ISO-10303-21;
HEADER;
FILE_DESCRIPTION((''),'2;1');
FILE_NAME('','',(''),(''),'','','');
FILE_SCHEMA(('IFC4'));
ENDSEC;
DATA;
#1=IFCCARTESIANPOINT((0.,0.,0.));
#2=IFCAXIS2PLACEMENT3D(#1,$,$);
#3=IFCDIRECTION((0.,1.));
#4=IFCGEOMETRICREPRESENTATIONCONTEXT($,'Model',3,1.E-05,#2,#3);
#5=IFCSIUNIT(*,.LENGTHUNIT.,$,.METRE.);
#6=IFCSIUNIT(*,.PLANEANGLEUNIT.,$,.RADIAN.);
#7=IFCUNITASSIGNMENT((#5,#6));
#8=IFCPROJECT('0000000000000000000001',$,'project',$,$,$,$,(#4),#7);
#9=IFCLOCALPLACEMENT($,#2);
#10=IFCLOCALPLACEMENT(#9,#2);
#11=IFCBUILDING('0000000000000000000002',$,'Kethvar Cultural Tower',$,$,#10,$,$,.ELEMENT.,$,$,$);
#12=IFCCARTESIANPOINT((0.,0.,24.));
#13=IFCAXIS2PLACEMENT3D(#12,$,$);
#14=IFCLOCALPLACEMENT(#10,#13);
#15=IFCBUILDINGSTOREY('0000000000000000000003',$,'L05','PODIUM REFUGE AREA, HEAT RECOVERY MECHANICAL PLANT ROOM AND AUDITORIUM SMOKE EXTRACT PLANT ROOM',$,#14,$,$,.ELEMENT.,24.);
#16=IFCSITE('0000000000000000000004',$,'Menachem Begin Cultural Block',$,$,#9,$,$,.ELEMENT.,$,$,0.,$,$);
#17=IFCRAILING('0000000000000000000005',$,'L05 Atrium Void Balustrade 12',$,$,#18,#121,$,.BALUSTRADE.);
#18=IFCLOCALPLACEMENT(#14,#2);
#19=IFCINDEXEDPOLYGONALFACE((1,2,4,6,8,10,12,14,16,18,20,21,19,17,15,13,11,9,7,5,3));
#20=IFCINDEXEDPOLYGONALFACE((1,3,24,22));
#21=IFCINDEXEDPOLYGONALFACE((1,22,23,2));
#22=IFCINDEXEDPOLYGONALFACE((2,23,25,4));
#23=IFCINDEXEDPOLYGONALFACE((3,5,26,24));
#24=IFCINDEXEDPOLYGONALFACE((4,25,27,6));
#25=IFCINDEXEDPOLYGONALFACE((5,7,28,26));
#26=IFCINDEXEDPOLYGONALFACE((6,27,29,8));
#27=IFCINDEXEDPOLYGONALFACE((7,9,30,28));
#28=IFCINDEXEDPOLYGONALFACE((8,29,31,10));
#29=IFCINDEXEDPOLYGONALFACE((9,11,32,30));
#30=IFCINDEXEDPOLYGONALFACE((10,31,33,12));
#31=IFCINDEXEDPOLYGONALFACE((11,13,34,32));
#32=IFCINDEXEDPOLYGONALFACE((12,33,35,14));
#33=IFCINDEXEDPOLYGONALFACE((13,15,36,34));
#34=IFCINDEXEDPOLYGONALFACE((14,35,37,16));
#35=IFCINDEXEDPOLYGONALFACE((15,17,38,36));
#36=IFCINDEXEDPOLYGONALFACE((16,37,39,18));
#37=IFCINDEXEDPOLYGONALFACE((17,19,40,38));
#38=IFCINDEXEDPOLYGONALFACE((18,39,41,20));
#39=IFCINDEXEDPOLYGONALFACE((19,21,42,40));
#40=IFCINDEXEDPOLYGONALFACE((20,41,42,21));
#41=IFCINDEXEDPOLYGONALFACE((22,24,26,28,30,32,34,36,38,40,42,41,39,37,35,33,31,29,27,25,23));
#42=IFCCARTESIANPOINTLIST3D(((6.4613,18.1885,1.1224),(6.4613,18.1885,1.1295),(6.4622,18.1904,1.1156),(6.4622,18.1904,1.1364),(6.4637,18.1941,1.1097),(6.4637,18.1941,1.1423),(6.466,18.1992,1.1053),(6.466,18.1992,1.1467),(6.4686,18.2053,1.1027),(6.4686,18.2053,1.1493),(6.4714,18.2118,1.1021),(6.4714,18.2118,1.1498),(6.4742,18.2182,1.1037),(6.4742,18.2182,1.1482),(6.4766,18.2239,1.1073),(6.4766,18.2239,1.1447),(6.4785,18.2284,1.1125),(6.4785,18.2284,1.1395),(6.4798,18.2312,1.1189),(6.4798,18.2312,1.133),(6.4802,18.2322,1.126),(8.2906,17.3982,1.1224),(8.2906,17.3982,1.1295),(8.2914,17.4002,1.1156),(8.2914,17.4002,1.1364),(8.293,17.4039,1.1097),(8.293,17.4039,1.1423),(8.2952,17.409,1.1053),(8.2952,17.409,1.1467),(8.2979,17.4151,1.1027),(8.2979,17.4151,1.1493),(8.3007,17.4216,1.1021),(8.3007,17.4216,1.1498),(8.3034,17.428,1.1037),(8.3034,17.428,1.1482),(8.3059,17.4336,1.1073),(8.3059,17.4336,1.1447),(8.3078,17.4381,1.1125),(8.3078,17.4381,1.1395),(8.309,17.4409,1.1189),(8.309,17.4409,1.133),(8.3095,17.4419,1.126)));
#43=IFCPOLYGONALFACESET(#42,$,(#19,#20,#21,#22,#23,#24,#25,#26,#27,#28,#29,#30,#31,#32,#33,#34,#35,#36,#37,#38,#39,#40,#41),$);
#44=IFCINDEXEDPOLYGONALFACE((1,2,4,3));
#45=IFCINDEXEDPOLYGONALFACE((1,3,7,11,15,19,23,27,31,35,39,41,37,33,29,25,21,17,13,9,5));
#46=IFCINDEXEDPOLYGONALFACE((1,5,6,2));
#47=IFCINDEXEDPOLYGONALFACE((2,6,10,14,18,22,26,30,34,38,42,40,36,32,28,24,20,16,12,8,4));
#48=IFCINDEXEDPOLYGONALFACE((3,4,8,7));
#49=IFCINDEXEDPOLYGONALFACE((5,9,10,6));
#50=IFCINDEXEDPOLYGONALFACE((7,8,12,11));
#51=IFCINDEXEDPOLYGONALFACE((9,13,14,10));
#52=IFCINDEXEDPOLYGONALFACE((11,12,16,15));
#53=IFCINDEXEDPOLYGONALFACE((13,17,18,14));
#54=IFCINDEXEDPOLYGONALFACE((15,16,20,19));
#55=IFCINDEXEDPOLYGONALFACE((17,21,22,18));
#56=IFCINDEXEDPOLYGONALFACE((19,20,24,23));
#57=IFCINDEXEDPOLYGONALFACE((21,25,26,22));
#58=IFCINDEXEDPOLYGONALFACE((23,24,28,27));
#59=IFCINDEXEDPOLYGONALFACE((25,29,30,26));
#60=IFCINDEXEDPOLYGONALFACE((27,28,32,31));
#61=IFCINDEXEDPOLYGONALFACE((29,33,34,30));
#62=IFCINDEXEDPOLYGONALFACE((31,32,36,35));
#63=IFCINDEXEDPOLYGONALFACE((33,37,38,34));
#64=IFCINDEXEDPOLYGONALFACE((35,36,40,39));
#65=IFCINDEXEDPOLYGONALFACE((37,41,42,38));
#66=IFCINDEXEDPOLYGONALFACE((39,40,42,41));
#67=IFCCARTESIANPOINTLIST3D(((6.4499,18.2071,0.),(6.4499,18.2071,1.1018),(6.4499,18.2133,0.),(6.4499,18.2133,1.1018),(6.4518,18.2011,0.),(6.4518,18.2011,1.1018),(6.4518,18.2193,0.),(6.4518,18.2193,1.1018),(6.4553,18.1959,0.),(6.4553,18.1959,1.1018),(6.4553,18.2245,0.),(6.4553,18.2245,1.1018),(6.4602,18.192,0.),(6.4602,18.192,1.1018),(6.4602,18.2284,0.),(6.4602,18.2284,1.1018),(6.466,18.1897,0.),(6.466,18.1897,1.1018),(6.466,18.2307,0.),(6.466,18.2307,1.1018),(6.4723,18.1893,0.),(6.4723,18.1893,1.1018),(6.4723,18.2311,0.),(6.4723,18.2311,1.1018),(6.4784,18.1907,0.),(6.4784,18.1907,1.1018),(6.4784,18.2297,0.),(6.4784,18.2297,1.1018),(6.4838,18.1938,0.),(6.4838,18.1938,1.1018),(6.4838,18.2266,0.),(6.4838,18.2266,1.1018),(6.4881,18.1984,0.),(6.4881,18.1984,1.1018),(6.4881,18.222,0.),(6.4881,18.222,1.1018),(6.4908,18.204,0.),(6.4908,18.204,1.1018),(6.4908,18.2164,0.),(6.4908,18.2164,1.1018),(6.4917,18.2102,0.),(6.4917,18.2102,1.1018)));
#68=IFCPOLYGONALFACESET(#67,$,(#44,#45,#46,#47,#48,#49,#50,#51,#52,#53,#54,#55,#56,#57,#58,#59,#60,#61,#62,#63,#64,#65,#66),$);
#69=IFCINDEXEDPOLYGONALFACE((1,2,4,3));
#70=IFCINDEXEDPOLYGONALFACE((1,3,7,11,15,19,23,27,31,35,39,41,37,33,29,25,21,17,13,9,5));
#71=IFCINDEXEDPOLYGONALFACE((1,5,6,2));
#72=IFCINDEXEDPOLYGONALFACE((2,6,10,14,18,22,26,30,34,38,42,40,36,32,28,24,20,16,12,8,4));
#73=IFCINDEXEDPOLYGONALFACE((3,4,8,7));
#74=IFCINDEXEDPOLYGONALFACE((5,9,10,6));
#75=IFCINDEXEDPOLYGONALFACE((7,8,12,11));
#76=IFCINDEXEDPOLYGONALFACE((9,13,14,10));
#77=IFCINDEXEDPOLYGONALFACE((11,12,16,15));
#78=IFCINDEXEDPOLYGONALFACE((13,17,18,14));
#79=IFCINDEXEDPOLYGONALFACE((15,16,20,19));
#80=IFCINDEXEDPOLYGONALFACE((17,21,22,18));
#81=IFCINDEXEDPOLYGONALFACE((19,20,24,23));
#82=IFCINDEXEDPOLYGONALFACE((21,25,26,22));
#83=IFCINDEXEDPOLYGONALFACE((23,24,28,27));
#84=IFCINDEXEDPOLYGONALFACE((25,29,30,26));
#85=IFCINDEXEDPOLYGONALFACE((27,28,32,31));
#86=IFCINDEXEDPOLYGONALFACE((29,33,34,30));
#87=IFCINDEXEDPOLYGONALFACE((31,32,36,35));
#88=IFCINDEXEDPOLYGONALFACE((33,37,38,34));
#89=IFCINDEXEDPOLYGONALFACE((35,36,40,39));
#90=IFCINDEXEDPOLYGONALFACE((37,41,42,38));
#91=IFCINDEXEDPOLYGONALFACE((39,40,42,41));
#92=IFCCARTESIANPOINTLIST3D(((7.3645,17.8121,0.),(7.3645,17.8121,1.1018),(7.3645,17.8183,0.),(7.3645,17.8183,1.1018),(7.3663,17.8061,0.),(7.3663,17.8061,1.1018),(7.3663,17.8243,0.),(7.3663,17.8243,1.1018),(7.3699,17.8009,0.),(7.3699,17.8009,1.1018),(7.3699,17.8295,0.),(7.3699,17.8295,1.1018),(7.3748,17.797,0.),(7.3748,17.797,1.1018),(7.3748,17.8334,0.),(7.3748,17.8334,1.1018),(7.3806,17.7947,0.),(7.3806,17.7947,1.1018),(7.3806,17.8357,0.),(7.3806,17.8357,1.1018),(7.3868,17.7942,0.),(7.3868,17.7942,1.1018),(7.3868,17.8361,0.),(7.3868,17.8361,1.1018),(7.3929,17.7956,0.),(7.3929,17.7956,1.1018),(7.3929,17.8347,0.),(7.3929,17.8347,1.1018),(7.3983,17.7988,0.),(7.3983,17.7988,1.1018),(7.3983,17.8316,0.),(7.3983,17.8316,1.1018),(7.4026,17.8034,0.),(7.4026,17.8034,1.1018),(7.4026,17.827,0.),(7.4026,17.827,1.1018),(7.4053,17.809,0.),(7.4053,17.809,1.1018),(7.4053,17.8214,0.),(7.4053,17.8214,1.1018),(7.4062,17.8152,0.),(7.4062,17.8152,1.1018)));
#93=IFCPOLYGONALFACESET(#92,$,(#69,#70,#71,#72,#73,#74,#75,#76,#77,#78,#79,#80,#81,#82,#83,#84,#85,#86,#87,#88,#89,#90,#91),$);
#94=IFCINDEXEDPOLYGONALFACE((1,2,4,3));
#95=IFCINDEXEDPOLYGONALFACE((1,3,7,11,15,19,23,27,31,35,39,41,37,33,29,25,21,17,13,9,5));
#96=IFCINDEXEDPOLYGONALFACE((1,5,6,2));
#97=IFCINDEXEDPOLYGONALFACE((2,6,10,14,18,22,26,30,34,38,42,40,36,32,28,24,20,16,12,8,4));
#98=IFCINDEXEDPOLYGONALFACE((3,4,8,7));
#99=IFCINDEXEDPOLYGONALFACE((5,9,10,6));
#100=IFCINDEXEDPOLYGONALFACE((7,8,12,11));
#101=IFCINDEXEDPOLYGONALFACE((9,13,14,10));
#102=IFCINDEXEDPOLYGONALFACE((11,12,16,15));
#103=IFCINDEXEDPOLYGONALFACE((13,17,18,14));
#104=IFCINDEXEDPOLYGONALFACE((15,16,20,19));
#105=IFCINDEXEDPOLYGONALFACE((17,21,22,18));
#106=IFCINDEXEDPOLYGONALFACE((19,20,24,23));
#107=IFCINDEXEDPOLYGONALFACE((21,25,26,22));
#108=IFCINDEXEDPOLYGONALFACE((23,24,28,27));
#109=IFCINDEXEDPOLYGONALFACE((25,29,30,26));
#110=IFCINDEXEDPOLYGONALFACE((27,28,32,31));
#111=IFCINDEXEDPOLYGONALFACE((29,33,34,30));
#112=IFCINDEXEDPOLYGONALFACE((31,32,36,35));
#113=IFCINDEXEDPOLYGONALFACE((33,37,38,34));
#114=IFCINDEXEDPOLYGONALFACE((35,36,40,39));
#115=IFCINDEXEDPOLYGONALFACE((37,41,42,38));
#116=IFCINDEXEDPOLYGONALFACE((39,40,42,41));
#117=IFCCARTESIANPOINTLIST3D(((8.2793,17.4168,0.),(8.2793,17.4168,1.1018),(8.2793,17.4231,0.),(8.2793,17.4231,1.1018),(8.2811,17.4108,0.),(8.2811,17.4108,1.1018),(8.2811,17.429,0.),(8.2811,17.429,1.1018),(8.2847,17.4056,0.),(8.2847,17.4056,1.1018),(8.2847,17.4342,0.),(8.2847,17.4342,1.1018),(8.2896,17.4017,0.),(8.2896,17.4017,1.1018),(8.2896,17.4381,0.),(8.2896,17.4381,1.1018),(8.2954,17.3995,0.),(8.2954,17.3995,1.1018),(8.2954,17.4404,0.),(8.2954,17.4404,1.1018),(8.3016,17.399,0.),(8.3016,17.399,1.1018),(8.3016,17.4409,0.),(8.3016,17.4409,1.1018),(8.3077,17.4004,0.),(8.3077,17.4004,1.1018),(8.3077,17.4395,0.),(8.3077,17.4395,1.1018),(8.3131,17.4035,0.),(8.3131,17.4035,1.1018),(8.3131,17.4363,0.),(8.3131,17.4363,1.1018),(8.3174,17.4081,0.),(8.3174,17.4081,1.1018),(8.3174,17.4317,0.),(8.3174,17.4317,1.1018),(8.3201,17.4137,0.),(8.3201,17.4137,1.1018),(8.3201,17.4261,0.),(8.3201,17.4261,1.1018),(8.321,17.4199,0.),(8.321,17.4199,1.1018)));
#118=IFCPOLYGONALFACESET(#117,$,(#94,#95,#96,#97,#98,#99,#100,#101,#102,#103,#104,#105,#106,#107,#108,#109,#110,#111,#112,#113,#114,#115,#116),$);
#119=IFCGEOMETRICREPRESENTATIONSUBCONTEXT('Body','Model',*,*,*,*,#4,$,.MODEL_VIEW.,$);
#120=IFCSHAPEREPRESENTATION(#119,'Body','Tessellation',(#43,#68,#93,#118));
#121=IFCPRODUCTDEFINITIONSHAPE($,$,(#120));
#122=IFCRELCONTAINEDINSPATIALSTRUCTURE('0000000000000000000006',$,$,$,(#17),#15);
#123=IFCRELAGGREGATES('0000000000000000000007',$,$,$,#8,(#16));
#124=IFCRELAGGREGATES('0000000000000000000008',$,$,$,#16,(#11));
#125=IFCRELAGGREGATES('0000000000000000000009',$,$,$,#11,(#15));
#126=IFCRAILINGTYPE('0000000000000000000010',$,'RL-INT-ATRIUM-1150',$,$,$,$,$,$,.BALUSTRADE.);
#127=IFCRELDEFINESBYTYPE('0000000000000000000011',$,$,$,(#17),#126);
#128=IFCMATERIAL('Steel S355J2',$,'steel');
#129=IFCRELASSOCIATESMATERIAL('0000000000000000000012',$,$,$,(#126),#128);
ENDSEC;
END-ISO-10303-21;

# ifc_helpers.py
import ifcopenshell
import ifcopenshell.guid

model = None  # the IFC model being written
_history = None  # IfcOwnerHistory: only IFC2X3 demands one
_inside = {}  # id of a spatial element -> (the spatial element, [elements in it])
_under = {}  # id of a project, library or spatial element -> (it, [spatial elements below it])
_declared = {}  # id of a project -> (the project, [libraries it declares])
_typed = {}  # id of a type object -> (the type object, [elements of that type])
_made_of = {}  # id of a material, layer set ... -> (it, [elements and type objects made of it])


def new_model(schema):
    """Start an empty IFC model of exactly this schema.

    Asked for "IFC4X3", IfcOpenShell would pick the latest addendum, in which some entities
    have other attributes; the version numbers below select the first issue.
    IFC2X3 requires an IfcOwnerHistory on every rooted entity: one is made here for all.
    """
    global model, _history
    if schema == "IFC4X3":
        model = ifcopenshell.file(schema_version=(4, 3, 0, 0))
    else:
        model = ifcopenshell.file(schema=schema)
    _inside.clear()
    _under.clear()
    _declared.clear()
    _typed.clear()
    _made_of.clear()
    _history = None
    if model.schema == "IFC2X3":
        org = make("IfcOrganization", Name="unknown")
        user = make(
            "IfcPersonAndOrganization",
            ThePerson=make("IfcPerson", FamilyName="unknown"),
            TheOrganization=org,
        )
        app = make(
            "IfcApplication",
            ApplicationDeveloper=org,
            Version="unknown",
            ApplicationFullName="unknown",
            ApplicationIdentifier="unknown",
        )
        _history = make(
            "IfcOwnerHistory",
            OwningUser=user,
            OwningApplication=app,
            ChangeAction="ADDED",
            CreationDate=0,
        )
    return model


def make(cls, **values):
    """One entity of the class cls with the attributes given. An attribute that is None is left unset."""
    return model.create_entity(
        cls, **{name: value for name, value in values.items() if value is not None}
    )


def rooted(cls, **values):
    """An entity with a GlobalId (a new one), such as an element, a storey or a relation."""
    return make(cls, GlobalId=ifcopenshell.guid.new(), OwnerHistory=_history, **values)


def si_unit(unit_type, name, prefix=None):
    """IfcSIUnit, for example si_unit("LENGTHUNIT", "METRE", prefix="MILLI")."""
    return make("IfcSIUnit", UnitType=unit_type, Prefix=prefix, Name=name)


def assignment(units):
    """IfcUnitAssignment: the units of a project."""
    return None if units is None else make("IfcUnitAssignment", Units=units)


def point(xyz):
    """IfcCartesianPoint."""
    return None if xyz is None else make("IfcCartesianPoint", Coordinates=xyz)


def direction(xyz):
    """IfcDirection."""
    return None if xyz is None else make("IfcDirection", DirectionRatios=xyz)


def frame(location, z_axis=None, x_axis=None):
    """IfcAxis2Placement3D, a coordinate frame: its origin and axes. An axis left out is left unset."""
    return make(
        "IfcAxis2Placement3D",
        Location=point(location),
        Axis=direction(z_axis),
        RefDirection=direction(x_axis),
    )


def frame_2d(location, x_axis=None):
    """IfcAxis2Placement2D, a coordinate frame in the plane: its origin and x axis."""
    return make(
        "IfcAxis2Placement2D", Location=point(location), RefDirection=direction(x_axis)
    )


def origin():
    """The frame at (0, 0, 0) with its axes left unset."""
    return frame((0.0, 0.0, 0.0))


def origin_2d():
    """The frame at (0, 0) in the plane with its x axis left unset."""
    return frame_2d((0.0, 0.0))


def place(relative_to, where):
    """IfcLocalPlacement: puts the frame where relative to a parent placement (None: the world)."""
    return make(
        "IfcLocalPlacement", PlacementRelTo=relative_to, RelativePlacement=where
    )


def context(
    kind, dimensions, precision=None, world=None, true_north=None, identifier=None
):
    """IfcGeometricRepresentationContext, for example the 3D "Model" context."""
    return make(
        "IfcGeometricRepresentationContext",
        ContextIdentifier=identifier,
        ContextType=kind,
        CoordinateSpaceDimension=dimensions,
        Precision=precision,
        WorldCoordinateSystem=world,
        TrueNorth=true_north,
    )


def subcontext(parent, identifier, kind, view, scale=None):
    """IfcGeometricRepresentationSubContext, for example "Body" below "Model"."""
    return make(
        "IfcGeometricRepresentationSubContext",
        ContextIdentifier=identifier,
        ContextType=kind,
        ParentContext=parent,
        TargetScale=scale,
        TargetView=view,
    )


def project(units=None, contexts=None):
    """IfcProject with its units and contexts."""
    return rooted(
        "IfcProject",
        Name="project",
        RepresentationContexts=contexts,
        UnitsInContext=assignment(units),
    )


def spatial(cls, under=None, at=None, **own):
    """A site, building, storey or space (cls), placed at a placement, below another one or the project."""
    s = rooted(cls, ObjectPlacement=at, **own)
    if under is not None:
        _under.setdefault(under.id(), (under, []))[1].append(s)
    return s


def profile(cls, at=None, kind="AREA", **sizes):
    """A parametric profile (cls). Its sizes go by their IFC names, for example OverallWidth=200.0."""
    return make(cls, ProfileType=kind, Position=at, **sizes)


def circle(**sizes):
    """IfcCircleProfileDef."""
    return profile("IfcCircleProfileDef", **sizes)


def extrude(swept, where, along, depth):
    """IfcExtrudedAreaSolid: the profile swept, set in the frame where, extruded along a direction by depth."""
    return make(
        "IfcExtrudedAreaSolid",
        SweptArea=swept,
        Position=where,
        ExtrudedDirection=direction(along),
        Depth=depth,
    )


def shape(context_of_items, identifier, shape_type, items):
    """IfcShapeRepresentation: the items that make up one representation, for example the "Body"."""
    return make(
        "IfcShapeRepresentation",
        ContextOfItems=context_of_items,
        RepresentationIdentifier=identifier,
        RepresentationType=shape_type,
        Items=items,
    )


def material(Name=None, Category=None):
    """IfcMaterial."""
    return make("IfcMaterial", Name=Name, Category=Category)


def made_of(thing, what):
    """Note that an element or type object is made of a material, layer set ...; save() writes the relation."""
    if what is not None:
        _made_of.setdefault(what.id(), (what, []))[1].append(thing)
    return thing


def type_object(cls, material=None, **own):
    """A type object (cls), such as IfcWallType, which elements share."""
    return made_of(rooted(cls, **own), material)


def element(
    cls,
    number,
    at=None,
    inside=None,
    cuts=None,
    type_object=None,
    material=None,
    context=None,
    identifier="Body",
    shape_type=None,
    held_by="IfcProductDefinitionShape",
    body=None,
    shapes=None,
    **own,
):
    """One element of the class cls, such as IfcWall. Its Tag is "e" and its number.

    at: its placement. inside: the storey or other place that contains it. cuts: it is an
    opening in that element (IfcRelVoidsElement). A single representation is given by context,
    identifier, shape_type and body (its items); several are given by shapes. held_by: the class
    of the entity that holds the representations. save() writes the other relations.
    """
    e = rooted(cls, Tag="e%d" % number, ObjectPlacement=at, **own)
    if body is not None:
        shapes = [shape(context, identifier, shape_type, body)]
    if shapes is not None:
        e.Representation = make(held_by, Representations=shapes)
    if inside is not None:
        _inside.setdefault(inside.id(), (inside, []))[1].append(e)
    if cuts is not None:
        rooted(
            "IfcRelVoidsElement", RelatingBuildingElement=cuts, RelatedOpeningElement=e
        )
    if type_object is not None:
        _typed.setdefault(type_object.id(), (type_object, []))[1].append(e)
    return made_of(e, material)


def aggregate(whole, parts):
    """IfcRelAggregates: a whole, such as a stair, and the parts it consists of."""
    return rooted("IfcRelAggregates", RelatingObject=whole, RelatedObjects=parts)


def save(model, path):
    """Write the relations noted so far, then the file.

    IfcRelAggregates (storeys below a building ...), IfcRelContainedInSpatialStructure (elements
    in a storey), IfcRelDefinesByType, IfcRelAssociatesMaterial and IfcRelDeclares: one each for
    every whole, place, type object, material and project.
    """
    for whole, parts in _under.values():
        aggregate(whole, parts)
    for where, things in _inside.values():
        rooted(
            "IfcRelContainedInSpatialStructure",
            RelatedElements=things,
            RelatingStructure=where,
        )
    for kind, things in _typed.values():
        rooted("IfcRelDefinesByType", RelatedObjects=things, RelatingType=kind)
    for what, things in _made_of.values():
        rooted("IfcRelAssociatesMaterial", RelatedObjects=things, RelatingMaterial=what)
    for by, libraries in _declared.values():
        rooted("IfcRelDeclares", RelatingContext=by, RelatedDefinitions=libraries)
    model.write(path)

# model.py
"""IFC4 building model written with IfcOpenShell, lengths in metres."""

from ifc_helpers import new_model, si_unit, direction, frame, origin, origin_2d, place, context, subcontext, project, spatial, circle, extrude, material, type_object, element, save


model = new_model("IFC4")

# Units and contexts
model_context = context("Model", 3, precision=1e-05, world=origin(), true_north=direction((0.0, 1.0)))
body_context = subcontext(model_context, "Body", "Model", "MODEL_VIEW")
ifc_project = project(units=[si_unit("LENGTHUNIT", "METRE"), si_unit("PLANEANGLEUNIT", "RADIAN")], contexts=[model_context])

# Site, building, storey
site_placement = place(None, origin())
site = spatial("IfcSite", under=ifc_project, at=site_placement, Name="Menachem Begin Cultural Block", CompositionType="ELEMENT", RefElevation=0.0)
building_placement = place(site_placement, origin())
building = spatial("IfcBuilding", under=site, at=building_placement, Name="Kethvar Cultural Tower", CompositionType="ELEMENT")
storey_placement = place(building_placement, frame((0.0, 0.0, 24.0)))
storey = spatial("IfcBuildingStorey", under=building, at=storey_placement, Name="L05", Description="PODIUM REFUGE AREA, HEAT RECOVERY MECHANICAL PLANT ROOM AND AUDITORIUM SMOKE EXTRACT PLANT ROOM", CompositionType="ELEMENT", Elevation=24.0)

# Shared definitions
ifc_material_1 = material(Name="Steel S355J2", Category="steel")

# Railing
railing_type = type_object("IfcRailingType", Name="RL-INT-ATRIUM-1150", PredefinedType="BALUSTRADE", material=ifc_material_1)
railing_1_placement = place(storey_placement, frame((6.4707, 18.2102, 0.0)))
element("IfcRailing", 1, at=railing_1_placement, inside=storey, type_object=railing_type, Name="L05 Atrium Void Balustrade 12", PredefinedType="BALUSTRADE", context=body_context, shape_type="SweptSolid", body=[
    extrude(circle(Radius=0.0239, at=origin_2d()), frame((0.0, 0.0, 1.126), z_axis=(0.918001, -0.396579, 0.0), x_axis=(0.396579, 0.918001, 0.0)), (0.0, 0.0, 1.0), 1.9927),
    extrude(circle(Radius=0.021, at=origin_2d()), origin(), (0.0, 0.0, 1.0), 1.1018),
    extrude(circle(Radius=0.021, at=origin_2d()), frame((0.9146, -0.395, 0.0)), (0.0, 0.0, 1.0), 1.1018),
    extrude(circle(Radius=0.021, at=origin_2d()), frame((1.8293, -0.7903, 0.0)), (0.0, 0.0, 1.0), 1.1018),
])

save(model, "model.ifc")
